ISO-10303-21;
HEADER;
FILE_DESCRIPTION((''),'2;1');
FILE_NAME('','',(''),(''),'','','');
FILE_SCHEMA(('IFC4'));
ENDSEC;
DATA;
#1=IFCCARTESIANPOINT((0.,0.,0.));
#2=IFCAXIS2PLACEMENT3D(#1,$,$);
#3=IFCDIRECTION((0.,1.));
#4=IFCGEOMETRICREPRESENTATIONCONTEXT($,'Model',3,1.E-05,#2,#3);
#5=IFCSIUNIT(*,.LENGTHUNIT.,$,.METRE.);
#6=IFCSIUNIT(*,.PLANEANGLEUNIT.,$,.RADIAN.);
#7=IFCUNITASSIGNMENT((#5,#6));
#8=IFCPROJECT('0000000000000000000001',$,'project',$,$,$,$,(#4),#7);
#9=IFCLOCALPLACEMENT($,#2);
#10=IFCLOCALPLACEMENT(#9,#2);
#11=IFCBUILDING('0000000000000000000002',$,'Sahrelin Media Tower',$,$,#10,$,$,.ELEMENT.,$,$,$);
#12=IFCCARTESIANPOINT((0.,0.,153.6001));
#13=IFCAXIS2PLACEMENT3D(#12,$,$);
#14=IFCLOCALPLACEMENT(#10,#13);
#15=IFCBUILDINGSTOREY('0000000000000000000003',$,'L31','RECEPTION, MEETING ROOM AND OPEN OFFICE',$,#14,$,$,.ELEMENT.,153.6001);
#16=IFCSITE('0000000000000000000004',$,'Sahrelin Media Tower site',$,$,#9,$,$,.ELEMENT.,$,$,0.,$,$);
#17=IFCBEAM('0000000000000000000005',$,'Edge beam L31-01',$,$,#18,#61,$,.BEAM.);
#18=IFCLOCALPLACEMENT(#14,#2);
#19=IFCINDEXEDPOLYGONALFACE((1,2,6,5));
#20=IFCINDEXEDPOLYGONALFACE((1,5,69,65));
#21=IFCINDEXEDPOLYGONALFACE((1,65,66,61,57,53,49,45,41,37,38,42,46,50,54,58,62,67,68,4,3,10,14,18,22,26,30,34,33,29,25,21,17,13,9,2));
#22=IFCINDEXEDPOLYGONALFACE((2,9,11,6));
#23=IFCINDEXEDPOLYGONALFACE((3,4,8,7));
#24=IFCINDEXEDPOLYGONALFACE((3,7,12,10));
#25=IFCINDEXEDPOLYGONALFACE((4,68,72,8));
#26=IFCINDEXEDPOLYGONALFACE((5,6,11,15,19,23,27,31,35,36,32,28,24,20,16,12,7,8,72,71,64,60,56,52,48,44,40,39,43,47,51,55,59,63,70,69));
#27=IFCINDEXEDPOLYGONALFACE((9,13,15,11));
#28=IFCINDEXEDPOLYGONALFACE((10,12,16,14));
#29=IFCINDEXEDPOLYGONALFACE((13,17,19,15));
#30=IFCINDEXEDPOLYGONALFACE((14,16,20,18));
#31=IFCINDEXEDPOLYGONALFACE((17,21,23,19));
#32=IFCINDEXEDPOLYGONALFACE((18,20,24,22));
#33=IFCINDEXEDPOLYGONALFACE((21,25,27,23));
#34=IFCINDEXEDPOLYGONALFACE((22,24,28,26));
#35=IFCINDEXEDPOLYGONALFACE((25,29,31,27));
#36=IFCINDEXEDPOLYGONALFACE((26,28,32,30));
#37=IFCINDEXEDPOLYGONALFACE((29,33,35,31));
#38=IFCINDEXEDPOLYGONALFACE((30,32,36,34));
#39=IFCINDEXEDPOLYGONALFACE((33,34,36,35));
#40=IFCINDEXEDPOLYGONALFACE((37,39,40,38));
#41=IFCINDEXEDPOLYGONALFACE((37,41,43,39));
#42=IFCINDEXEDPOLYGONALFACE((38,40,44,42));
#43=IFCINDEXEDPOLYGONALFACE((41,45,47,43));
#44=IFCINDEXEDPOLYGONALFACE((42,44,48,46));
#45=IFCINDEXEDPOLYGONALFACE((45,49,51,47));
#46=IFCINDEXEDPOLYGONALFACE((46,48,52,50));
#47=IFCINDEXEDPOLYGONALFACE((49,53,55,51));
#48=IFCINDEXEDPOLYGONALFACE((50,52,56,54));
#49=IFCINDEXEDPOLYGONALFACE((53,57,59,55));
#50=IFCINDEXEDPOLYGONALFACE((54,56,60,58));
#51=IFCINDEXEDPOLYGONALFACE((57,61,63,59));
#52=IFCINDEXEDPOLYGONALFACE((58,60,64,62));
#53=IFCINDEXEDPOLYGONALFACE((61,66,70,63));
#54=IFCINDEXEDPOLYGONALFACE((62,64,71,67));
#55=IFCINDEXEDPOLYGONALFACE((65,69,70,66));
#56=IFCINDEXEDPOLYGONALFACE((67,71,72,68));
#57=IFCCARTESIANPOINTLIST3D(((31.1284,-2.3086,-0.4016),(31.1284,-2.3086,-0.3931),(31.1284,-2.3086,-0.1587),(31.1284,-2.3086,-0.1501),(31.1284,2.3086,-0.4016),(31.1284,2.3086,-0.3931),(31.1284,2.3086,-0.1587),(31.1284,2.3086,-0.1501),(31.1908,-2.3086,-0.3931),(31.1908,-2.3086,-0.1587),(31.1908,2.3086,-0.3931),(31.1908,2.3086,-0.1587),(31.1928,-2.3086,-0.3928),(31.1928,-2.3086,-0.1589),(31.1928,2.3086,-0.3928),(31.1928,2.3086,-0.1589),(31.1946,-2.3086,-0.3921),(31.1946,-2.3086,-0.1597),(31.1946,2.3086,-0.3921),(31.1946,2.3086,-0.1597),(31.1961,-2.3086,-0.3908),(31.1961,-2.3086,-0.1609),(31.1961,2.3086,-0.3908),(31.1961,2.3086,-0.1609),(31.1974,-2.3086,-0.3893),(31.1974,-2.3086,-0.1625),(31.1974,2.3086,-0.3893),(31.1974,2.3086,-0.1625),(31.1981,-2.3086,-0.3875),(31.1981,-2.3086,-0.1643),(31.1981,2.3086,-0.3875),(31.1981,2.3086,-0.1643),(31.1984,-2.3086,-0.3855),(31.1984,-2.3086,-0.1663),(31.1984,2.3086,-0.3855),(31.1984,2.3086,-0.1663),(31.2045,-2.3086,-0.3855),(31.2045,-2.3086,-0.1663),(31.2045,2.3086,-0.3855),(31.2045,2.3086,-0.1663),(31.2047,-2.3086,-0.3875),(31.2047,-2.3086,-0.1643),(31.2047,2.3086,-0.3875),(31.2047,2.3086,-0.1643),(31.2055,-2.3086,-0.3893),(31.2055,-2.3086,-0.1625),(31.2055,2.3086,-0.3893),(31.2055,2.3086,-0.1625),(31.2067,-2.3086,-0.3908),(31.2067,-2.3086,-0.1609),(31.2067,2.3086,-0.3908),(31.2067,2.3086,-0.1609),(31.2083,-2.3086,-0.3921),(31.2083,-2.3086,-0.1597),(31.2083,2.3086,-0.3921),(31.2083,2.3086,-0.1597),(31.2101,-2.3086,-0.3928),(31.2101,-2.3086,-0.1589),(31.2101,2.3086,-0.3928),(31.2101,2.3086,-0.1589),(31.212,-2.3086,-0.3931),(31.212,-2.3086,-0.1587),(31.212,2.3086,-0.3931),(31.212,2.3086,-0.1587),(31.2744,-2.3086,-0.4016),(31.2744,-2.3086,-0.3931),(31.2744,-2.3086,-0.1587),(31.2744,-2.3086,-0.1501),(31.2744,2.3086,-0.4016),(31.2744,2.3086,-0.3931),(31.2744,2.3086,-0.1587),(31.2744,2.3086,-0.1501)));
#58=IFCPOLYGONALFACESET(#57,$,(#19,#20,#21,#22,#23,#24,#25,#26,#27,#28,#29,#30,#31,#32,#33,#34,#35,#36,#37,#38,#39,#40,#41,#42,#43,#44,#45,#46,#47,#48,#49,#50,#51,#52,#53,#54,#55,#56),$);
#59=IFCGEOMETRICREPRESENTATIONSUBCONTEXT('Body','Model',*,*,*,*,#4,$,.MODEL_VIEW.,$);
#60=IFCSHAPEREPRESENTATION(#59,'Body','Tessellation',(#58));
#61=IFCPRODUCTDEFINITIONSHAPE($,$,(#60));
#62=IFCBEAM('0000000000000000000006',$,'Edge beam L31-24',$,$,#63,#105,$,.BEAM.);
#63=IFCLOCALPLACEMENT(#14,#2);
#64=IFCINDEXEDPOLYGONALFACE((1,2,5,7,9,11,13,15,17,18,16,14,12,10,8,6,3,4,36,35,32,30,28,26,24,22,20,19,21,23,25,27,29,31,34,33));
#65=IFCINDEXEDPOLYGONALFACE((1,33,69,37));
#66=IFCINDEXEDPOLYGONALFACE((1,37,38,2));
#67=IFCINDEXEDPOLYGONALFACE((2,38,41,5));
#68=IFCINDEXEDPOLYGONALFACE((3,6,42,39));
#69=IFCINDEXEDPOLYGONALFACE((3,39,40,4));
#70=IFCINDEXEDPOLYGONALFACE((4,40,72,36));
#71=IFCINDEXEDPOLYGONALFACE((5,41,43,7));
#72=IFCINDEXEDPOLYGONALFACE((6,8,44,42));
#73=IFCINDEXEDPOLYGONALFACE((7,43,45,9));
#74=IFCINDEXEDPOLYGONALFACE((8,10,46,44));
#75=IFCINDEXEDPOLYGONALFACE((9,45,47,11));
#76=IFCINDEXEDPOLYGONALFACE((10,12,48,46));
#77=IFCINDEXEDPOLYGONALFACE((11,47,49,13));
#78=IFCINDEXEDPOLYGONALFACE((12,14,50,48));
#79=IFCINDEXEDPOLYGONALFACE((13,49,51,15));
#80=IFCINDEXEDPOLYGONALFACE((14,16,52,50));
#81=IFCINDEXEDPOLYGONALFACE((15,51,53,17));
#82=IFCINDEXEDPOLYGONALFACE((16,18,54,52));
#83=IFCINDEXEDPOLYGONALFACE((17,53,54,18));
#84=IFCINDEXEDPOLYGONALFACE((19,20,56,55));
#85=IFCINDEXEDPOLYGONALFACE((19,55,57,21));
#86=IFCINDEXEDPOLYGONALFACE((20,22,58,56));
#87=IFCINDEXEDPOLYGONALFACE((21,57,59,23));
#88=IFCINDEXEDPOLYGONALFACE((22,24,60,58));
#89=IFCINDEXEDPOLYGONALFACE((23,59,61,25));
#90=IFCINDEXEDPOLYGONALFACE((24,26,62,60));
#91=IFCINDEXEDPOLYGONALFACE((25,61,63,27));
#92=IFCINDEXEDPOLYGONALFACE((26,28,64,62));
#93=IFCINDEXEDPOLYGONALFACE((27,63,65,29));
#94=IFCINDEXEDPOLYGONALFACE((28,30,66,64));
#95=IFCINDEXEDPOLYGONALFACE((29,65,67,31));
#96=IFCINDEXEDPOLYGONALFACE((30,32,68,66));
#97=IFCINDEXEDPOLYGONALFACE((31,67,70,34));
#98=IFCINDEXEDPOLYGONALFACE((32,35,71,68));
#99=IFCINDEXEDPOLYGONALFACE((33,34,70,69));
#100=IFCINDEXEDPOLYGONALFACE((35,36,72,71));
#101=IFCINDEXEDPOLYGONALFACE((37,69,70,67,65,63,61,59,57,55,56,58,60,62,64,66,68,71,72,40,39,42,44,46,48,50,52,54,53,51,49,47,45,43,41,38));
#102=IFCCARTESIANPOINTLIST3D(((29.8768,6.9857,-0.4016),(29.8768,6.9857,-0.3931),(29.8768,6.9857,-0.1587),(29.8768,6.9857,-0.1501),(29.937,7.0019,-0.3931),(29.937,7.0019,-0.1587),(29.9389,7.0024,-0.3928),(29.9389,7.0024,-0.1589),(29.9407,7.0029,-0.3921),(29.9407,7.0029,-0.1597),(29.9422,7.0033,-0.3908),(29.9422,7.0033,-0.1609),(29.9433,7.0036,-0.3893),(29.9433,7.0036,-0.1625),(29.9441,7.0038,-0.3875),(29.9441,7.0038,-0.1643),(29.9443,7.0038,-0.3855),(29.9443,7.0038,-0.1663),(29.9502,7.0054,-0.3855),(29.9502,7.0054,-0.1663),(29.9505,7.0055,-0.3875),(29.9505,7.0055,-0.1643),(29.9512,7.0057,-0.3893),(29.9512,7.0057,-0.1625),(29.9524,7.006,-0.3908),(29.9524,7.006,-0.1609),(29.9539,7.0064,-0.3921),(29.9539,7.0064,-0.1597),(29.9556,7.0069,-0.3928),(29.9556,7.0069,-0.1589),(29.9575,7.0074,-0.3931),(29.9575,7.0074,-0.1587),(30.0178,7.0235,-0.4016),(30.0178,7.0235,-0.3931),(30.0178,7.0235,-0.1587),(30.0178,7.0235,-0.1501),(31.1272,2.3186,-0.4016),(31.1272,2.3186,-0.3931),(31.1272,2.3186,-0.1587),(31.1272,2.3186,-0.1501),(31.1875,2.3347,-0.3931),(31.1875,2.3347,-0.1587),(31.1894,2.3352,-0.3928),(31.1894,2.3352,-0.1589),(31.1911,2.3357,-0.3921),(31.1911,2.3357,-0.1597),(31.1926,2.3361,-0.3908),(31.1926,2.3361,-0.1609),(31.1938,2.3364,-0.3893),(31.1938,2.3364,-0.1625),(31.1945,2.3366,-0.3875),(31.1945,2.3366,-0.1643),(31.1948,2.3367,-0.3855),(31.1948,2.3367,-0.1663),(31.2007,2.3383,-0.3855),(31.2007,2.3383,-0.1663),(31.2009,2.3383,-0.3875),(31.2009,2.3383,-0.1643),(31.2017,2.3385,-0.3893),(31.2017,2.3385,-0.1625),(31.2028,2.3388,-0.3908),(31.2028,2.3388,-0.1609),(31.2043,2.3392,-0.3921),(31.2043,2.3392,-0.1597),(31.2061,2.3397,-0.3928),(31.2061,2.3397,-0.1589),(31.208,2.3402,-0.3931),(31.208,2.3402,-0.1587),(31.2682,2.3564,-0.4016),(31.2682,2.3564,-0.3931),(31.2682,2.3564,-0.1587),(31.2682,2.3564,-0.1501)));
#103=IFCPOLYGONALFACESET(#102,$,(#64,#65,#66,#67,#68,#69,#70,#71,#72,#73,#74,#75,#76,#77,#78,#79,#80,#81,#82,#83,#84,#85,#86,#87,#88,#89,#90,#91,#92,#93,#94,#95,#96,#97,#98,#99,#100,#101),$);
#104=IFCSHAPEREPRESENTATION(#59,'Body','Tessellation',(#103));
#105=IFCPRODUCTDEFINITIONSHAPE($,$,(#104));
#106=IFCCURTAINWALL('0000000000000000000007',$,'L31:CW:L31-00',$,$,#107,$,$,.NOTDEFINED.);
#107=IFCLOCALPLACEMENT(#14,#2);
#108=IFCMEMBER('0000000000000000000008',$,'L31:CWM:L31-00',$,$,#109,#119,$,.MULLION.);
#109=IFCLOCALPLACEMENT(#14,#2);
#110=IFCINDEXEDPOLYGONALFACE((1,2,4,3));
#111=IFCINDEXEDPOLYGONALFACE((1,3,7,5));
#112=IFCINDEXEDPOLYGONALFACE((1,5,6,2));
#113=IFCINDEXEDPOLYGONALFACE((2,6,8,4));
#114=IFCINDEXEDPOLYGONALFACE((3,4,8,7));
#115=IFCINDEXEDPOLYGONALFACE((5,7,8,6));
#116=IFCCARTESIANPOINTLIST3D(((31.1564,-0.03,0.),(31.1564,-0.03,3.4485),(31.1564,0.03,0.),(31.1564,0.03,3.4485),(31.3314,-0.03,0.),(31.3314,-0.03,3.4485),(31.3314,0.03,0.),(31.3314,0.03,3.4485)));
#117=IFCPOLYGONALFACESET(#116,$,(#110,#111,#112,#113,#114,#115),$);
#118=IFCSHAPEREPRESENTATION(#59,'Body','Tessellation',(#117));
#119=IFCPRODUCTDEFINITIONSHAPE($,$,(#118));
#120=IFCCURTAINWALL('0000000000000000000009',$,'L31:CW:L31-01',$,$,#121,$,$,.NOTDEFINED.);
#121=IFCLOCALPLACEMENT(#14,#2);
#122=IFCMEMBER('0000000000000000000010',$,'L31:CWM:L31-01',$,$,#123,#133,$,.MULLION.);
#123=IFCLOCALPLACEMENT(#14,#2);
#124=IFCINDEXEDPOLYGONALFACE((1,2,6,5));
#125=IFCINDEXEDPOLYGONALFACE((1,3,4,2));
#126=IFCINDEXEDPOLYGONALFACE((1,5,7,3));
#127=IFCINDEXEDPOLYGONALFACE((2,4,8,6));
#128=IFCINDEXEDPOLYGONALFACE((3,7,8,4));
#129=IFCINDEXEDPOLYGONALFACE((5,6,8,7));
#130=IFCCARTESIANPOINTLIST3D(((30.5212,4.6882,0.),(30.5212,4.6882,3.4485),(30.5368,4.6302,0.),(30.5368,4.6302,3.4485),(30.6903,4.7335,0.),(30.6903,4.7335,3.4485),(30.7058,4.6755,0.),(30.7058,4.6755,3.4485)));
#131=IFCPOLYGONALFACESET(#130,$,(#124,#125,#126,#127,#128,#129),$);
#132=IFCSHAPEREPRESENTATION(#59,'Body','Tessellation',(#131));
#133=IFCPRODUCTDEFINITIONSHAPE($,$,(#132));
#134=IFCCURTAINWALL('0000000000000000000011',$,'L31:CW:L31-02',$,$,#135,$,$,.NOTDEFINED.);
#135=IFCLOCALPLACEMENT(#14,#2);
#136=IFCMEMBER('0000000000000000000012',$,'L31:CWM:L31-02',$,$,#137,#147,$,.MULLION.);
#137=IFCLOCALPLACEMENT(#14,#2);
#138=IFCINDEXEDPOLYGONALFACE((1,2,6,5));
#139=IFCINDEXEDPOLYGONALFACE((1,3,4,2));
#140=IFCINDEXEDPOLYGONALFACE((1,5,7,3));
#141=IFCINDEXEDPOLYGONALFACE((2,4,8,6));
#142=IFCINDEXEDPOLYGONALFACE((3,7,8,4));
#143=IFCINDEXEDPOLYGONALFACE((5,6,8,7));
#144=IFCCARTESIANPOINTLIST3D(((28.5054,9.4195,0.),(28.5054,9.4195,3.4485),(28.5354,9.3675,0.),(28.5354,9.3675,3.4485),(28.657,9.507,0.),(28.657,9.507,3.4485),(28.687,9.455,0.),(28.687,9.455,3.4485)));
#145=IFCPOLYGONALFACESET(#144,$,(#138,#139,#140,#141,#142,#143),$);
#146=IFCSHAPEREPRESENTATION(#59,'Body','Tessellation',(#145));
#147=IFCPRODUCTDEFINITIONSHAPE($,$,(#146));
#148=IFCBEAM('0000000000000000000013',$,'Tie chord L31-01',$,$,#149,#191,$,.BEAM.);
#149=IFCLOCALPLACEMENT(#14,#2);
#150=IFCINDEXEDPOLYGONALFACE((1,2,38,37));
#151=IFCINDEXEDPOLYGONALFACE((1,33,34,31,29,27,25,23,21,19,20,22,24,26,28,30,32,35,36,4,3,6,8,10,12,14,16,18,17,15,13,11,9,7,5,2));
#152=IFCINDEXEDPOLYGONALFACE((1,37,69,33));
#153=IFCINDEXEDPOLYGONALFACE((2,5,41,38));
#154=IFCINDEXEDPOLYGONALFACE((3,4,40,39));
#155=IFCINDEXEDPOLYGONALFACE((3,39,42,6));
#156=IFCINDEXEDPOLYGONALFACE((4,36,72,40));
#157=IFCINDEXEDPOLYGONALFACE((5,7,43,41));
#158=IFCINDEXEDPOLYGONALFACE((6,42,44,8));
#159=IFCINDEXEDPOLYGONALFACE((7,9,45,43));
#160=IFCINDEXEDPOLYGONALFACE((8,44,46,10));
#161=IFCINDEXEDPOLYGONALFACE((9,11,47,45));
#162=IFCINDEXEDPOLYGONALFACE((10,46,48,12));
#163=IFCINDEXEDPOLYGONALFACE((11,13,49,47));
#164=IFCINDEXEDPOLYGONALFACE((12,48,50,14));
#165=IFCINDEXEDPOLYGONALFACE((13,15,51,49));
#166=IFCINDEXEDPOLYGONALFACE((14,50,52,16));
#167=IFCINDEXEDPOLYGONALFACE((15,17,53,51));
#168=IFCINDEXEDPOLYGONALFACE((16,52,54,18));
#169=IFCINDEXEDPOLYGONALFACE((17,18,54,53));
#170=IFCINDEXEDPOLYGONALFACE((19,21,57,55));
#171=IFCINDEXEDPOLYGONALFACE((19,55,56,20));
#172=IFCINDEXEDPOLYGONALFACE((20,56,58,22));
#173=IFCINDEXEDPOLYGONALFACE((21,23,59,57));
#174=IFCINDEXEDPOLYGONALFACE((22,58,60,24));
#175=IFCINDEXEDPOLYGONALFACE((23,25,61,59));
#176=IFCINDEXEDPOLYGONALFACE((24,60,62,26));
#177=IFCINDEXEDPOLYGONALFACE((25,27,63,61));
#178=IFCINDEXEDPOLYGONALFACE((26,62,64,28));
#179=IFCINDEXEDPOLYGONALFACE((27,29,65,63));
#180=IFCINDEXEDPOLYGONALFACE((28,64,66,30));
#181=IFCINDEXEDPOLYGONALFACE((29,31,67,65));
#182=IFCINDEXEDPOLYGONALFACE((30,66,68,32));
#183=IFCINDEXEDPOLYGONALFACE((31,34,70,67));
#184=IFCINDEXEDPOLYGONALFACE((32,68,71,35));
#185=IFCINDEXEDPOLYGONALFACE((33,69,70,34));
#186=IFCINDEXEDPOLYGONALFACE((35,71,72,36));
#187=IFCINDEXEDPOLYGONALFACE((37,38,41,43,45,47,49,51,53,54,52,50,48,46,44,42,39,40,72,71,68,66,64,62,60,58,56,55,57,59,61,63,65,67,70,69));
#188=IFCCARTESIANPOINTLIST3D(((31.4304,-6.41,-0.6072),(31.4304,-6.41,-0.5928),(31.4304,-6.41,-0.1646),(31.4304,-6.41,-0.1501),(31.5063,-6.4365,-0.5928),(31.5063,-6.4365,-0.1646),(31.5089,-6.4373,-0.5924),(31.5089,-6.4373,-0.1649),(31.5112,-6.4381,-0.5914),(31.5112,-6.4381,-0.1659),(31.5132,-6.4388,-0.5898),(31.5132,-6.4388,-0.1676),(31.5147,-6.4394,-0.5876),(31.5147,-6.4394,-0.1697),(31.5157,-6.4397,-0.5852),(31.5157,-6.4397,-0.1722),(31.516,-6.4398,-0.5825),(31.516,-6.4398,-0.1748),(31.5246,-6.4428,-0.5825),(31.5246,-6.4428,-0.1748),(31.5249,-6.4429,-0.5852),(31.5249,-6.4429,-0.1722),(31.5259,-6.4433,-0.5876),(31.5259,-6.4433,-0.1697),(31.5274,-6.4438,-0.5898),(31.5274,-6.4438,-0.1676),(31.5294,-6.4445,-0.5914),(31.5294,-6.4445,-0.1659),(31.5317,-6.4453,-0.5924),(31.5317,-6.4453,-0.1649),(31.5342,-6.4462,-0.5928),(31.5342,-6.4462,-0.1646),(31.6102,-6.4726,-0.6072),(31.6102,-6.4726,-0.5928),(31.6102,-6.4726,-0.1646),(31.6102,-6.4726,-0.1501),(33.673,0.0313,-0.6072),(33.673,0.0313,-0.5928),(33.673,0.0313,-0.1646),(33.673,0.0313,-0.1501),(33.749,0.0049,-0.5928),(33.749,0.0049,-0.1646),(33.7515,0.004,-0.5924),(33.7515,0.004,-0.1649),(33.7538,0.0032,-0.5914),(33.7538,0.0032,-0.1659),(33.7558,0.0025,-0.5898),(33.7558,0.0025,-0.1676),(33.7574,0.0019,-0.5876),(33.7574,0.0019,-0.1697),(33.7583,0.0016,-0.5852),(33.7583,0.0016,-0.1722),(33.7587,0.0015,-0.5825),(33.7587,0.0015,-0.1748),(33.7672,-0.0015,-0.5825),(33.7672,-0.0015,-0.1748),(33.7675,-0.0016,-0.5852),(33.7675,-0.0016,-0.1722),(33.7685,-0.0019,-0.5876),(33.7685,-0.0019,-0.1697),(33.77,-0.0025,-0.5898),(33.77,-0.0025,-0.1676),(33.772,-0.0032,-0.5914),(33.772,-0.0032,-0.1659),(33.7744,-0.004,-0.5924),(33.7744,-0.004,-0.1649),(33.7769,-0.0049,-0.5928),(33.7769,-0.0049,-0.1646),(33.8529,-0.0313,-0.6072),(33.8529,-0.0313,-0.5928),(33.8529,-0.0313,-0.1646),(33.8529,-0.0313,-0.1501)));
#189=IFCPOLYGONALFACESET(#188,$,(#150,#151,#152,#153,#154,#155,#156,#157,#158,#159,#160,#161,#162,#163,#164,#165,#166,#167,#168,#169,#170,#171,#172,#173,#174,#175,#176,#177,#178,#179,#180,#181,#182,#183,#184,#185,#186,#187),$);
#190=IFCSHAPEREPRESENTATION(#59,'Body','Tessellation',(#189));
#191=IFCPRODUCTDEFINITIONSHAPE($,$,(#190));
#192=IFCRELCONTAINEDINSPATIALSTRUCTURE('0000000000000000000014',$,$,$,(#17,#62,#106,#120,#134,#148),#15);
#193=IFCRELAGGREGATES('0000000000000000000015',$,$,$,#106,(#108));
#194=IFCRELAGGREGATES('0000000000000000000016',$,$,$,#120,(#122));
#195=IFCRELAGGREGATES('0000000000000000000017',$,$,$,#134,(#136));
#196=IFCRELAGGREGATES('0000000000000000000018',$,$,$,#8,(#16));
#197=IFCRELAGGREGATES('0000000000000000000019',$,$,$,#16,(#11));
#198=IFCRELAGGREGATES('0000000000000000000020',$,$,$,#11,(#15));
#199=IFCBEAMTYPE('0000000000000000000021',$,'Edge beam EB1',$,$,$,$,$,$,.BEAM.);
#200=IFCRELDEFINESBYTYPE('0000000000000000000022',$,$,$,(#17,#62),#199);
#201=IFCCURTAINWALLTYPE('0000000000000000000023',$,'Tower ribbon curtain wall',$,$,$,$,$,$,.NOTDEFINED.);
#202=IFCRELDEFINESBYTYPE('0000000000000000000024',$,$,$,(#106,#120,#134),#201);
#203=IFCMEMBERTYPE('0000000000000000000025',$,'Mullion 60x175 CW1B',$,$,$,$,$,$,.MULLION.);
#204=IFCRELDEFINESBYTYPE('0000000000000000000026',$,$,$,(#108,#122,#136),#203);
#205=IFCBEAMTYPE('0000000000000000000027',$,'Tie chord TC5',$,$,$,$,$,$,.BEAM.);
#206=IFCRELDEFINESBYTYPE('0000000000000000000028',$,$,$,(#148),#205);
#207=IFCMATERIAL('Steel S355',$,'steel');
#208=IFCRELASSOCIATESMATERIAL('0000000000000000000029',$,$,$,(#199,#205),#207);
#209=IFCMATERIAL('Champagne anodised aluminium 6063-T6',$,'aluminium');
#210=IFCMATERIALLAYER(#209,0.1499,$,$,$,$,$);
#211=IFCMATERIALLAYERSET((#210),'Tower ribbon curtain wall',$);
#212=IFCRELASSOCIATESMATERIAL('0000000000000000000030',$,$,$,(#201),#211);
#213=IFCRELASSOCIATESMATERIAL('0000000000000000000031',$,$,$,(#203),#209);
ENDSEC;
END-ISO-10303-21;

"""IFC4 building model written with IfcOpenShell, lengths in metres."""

from ifc_helpers import new_model, si_unit, direction, frame, origin, origin_2d, place, context, subcontext, project, spatial, rectangle, i_section, extrude, material, layer, layer_set, material_profile, profile_set, type_object, element, aggregate, save


model = new_model("IFC4")

# Units and contexts
model_context = context("Model", 3, precision=1e-05, world=origin(), true_north=direction((0.0, 1.0)))
body_context = subcontext(model_context, "Body", "Model", "MODEL_VIEW")
ifc_project = project(units=[si_unit("LENGTHUNIT", "METRE"), si_unit("PLANEANGLEUNIT", "RADIAN")], contexts=[model_context])

# Site, building, storey
site_placement = place(None, origin())
site = spatial("IfcSite", under=ifc_project, at=site_placement, Name="Sahrelin Media Tower site", CompositionType="ELEMENT", RefElevation=0.0)
building_placement = place(site_placement, origin())
building = spatial("IfcBuilding", under=site, at=building_placement, Name="Sahrelin Media Tower", CompositionType="ELEMENT")
storey_placement = place(building_placement, frame((0.0, 0.0, 153.6001)))
storey = spatial("IfcBuildingStorey", under=building, at=storey_placement, Name="L31", Description="RECEPTION, MEETING ROOM AND OPEN OFFICE", CompositionType="ELEMENT", Elevation=153.6001)

# Beams
ifc_material_1 = material(Name="Steel S355", Category="steel")
ifc_material_profile_1 = material_profile(ifc_material_1, i_section(OverallWidth=0.146, OverallDepth=0.2515, WebThickness=0.0061, FlangeThickness=0.0085, FilletRadius=0.0076, at=origin_2d()), Name="UB 254x146x31")
ifc_profile_set_1 = profile_set([ifc_material_profile_1], Name="Steel S355")
beam_type_1 = type_object("IfcBeamType", Name="Edge beam EB1", PredefinedType="BEAM", material=ifc_profile_set_1)
beam_1_placement = place(storey_placement, frame((31.2014, 2.3086, -0.2759), z_axis=(0.0, -1.0, 0.0), x_axis=(1.0, 0.0, 0.0)))
element("IfcBeam", 1, at=beam_1_placement, inside=storey, type_object=beam_type_1, Name="Edge beam L31-01", PredefinedType="BEAM", context=body_context, shape_type="SweptSolid", body=[
    extrude(i_section(OverallWidth=0.146, OverallDepth=0.2515, WebThickness=0.0061, FlangeThickness=0.0085, FilletRadius=0.0076, at=origin_2d()), origin(), (0.0, 0.0, 1.0), 4.6172),
])
beam_2_placement = place(storey_placement, frame((29.9473, 7.0046, -0.2759), z_axis=(0.258801, -0.965931, 0.0), x_axis=(0.965931, 0.258801, 0.0)))
element("IfcBeam", 2, at=beam_2_placement, inside=storey, type_object=beam_type_1, Name="Edge beam L31-24", PredefinedType="BEAM", context=body_context, shape_type="SweptSolid", body=[
    extrude(i_section(OverallWidth=0.146, OverallDepth=0.2515, WebThickness=0.0061, FlangeThickness=0.0085, FilletRadius=0.0076, at=origin_2d()), origin(), (0.0, 0.0, 1.0), 4.8318),
])

# Curtain walls, members
ifc_material_2 = material(Name="Champagne anodised aluminium 6063-T6", Category="aluminium")
ifc_layer_1 = layer(ifc_material_2, 0.1499)
ifc_layer_set_1 = layer_set([ifc_layer_1], Name="Tower ribbon curtain wall")
curtain_wall_type = type_object("IfcCurtainWallType", Name="Tower ribbon curtain wall", PredefinedType="NOTDEFINED", material=ifc_layer_set_1)
curtain_wall_1_placement = place(storey_placement, frame((31.3516, 0.0, 0.0), z_axis=(0.0, 0.0, 1.0), x_axis=(1.0, 0.0, 0.0)))
curtain_wall_1 = element("IfcCurtainWall", 3, at=curtain_wall_1_placement, inside=storey, type_object=curtain_wall_type, Name="L31:CW:L31-00", PredefinedType="NOTDEFINED")
ifc_material_profile_2 = material_profile(ifc_material_2, rectangle(XDim=0.0601, YDim=0.175, at=origin_2d()), Name="Mullion 60x175")
ifc_profile_set_2 = profile_set([ifc_material_profile_2], Name="Champagne anodised aluminium 6063-T6")
member_type_1 = type_object("IfcMemberType", Name="Mullion 60x175 CW1B", PredefinedType="MULLION", material=ifc_profile_set_2)
member_1_placement = place(storey_placement, frame((31.2439, 0.0, 0.0), z_axis=(0.0, 0.0, 1.0), x_axis=(0.0, 1.0, 0.0)))
member_1 = element("IfcMember", 4, at=member_1_placement, type_object=member_type_1, Name="L31:CWM:L31-00", PredefinedType="MULLION", context=body_context, shape_type="SweptSolid", body=[
    extrude(rectangle(XDim=0.0601, YDim=0.175, at=origin_2d()), origin(), (0.0, 0.0, 1.0), 3.4485),
])
aggregate(curtain_wall_1, [member_1])
curtain_wall_2_placement = place(storey_placement, frame((30.7173, 4.7097, 0.0), z_axis=(0.0, 0.0, 1.0), x_axis=(1.0, 0.0, 0.0)))
curtain_wall_2 = element("IfcCurtainWall", 5, at=curtain_wall_2_placement, inside=storey, type_object=curtain_wall_type, Name="L31:CW:L31-01", PredefinedType="NOTDEFINED")
member_2_placement = place(storey_placement, frame((30.6135, 4.6819, 0.0), z_axis=(0.0, 0.0, 1.0), x_axis=(-0.258807, 0.965929, 0.0)))
member_2 = element("IfcMember", 6, at=member_2_placement, type_object=member_type_1, Name="L31:CWM:L31-01", PredefinedType="MULLION", context=body_context, shape_type="SweptSolid", body=[
    extrude(rectangle(XDim=0.0601, YDim=0.175, at=origin_2d()), origin(), (0.0, 0.0, 1.0), 3.4485),
])
curtain_wall_3_placement = place(storey_placement, frame((28.6892, 9.491, 0.0), z_axis=(0.0, 0.0, 1.0), x_axis=(1.0, 0.0, 0.0)))
curtain_wall_3 = element("IfcCurtainWall", 7, at=curtain_wall_3_placement, inside=storey, type_object=curtain_wall_type, Name="L31:CW:L31-02", PredefinedType="NOTDEFINED")
member_3_placement = place(storey_placement, frame((28.5962, 9.4373, 0.0), z_axis=(0.0, 0.0, 1.0), x_axis=(-0.499998, 0.866026, 0.0)))
member_3 = element("IfcMember", 8, at=member_3_placement, type_object=member_type_1, Name="L31:CWM:L31-02", PredefinedType="MULLION", context=body_context, shape_type="SweptSolid", body=[
    extrude(rectangle(XDim=0.0601, YDim=0.175, at=origin_2d()), origin(), (0.0, 0.0, 1.0), 3.4485),
])

# Beam
ifc_material_profile_3 = material_profile(ifc_material_1, i_section(OverallWidth=0.1904, OverallDepth=0.457, WebThickness=0.009, FlangeThickness=0.0144, FilletRadius=0.0103, at=origin_2d()), Name="UB 457x191x74")
ifc_profile_set_3 = profile_set([ifc_material_profile_3], Name="Steel S355")
beam_type_2 = type_object("IfcBeamType", Name="Tie chord TC5", PredefinedType="BEAM", material=ifc_profile_set_3)
for number, where, z_axis, x_axis, name in (
    (9, (33.7629, 0.0, -0.3787), (-0.328807, -0.944397, 0.0), (0.944397, -0.328807, 0.0), "Tie chord L31-01"),
):
    element("IfcBeam", number, at=place(storey_placement, frame(where, z_axis=z_axis, x_axis=x_axis)), inside=storey, type_object=beam_type_2, Name=name, PredefinedType="BEAM", context=body_context, shape_type="SweptSolid", body=[
        extrude(i_section(OverallWidth=0.1904, OverallDepth=0.457, WebThickness=0.009, FlangeThickness=0.0144, FilletRadius=0.0103, at=origin_2d()), origin(), (0.0, 0.0, 1.0), 6.8206),
    ])

aggregate(curtain_wall_2, [member_2])
aggregate(curtain_wall_3, [member_3])

save(model, "model.ifc")
